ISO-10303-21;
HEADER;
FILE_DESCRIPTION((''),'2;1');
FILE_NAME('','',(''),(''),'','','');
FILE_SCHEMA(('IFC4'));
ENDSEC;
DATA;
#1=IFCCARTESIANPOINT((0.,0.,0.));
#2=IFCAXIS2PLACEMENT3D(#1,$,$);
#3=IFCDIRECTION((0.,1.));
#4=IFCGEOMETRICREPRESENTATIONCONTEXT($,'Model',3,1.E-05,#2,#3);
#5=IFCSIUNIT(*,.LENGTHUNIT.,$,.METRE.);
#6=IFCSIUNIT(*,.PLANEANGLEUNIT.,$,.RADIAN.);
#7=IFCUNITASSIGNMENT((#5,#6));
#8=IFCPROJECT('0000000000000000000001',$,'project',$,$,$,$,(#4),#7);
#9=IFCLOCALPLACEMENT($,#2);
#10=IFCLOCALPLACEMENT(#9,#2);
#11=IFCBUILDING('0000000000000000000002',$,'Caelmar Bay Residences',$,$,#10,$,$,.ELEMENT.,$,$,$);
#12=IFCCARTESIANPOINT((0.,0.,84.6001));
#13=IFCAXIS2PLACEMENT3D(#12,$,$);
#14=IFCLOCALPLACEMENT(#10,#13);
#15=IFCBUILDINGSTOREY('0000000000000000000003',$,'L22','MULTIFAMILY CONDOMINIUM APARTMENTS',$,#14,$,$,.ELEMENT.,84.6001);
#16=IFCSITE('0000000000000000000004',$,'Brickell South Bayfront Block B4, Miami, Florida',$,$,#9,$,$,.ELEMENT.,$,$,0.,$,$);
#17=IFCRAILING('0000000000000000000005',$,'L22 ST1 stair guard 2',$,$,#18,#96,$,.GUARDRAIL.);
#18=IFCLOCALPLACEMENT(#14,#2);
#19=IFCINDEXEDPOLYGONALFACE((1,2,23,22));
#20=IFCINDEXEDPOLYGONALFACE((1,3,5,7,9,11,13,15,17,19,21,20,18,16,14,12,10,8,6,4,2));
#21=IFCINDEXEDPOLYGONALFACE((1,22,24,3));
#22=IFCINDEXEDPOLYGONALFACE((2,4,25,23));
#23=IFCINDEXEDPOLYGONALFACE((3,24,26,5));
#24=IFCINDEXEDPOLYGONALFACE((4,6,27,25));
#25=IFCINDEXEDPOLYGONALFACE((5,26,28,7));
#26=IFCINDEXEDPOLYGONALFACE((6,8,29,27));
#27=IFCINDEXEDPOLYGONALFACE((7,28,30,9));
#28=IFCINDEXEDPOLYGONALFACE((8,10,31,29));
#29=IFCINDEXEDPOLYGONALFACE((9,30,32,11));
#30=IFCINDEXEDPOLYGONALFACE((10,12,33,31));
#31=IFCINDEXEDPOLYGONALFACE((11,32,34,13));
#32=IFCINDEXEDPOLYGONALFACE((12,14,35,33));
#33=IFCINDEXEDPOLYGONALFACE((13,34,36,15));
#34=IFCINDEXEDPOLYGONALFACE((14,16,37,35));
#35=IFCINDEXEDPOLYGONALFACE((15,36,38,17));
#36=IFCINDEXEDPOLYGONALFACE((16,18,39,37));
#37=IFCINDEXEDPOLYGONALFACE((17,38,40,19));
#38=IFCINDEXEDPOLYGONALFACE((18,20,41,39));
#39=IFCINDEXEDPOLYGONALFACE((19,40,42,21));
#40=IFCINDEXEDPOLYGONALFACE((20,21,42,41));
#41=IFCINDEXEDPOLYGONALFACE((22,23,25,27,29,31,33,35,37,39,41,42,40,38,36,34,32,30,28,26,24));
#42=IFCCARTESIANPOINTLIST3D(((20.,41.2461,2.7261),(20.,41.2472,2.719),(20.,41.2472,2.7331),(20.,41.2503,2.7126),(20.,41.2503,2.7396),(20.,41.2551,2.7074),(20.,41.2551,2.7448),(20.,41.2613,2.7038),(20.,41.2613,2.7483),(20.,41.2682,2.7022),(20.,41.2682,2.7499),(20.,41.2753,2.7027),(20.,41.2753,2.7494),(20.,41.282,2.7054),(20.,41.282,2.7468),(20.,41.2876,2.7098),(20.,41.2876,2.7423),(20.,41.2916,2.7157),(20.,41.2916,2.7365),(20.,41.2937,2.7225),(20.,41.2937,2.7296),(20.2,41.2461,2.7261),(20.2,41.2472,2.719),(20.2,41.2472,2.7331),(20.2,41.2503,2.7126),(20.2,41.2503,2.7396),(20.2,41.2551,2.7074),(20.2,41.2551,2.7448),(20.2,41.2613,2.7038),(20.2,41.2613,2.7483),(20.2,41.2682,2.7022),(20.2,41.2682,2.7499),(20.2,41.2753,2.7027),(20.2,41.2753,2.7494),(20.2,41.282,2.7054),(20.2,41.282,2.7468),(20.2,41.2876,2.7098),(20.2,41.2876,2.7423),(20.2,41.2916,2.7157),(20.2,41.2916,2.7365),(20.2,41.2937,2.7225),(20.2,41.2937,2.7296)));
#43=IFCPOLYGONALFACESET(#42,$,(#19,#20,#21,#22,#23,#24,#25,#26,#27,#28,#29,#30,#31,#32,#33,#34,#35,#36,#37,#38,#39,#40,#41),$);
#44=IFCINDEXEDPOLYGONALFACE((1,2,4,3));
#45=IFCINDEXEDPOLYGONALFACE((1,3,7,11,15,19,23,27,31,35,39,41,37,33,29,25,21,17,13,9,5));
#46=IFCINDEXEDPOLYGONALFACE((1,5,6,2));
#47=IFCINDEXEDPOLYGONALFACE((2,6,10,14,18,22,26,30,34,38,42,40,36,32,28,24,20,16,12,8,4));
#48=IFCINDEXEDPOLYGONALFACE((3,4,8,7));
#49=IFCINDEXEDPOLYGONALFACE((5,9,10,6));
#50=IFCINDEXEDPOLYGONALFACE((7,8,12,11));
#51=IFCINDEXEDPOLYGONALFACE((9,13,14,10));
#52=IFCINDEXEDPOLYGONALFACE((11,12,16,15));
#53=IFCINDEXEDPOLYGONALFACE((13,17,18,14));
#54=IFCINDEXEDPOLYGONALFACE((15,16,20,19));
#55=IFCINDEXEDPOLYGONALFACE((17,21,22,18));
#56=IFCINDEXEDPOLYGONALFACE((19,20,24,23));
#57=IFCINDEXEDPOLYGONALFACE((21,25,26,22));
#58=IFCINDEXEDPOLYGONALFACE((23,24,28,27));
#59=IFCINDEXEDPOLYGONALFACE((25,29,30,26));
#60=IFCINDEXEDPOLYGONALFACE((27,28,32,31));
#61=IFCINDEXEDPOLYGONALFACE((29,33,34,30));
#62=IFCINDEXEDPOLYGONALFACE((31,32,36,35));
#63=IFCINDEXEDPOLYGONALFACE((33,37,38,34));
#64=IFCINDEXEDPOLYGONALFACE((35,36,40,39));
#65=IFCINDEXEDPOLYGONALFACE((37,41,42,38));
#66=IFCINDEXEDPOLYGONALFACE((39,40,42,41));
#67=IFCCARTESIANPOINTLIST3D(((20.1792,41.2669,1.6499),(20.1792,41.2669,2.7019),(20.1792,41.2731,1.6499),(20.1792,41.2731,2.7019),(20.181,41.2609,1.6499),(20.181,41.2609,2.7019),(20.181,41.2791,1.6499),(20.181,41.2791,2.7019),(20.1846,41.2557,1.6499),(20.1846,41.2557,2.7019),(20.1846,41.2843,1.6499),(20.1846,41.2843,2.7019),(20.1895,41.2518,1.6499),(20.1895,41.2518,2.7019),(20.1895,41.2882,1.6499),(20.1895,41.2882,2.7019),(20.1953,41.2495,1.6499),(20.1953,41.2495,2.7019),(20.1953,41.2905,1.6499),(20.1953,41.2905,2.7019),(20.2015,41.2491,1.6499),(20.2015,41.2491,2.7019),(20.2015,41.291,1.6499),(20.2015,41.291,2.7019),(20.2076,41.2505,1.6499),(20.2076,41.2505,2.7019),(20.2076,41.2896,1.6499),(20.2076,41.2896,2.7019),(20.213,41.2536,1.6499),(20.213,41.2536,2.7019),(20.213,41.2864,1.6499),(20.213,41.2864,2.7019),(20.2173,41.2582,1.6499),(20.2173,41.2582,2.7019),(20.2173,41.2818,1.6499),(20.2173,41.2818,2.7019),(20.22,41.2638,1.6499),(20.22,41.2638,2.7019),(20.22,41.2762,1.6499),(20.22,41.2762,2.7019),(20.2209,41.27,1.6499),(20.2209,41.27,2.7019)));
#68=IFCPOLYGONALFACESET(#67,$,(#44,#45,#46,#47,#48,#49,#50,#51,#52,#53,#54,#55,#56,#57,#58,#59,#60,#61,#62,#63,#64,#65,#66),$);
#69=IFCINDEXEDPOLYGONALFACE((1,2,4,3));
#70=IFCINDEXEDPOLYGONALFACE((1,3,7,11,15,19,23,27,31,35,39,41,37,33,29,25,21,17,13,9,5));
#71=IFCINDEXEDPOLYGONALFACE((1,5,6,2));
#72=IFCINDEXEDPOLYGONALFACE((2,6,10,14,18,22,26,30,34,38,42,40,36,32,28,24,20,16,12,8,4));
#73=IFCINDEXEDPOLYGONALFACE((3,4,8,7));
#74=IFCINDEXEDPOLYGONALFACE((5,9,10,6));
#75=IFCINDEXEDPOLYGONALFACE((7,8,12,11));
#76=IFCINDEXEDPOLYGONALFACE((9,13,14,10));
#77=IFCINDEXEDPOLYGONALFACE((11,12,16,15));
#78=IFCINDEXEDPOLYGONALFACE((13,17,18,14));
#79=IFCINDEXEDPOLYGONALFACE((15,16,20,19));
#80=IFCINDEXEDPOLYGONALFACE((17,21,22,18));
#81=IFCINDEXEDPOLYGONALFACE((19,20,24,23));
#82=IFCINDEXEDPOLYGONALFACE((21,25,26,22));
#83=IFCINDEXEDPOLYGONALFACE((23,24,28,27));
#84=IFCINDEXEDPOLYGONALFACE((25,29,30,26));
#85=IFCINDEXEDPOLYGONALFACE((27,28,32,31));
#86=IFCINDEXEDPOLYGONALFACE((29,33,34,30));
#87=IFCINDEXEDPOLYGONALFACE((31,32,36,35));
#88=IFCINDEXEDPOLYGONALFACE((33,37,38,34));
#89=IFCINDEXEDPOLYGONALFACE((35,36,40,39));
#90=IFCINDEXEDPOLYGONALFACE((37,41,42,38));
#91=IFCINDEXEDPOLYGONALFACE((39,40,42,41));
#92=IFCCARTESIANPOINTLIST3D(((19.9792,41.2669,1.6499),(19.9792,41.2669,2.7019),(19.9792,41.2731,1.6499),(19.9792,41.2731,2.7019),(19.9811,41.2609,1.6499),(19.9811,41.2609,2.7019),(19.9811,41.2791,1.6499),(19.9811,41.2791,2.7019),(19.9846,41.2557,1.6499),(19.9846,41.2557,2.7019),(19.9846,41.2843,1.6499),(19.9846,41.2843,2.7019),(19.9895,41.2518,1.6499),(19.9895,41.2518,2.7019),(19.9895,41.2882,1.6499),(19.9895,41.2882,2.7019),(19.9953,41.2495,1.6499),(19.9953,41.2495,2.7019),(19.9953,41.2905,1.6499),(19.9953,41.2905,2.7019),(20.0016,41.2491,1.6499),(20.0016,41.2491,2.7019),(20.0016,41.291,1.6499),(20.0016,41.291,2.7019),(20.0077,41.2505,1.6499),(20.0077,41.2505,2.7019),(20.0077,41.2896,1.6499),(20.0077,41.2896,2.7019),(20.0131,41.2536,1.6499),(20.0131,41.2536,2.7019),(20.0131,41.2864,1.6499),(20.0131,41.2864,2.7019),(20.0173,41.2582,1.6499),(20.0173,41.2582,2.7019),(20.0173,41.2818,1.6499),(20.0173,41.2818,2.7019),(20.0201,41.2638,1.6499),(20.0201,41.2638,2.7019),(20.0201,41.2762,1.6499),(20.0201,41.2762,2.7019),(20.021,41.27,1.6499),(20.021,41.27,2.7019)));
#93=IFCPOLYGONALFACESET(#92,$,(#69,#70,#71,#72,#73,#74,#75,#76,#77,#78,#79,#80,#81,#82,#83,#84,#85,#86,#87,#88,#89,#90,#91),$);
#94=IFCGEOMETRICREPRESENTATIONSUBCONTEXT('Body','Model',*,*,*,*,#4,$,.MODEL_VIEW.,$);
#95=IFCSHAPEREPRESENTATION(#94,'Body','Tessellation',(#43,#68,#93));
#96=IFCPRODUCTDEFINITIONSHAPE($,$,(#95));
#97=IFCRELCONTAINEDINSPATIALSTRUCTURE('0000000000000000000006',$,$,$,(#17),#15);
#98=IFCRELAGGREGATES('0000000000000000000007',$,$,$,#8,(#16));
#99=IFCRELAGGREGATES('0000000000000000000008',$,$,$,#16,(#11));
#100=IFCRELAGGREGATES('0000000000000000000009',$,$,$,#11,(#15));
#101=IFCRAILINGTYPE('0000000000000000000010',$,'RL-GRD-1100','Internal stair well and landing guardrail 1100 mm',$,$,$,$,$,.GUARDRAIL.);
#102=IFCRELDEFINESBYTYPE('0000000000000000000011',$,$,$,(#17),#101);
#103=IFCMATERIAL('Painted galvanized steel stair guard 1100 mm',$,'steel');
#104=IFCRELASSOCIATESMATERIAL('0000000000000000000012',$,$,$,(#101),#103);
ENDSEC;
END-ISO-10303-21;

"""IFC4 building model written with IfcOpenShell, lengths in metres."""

from ifc_helpers import new_model, si_unit, direction, frame, origin, origin_2d, place, context, subcontext, project, spatial, circle, extrude, material, type_object, element, save


model = new_model("IFC4")

# Units and contexts
model_context = context("Model", 3, precision=1e-05, world=origin(), true_north=direction((0.0, 1.0)))
body_context = subcontext(model_context, "Body", "Model", "MODEL_VIEW")
ifc_project = project(units=[si_unit("LENGTHUNIT", "METRE"), si_unit("PLANEANGLEUNIT", "RADIAN")], contexts=[model_context])

# Site, building, storey
site_placement = place(None, origin())
site = spatial("IfcSite", under=ifc_project, at=site_placement, Name="Brickell South Bayfront Block B4, Miami, Florida", CompositionType="ELEMENT", RefElevation=0.0)
building_placement = place(site_placement, origin())
building = spatial("IfcBuilding", under=site, at=building_placement, Name="Caelmar Bay Residences", CompositionType="ELEMENT")
storey_placement = place(building_placement, frame((0.0, 0.0, 84.6001)))
storey = spatial("IfcBuildingStorey", under=building, at=storey_placement, Name="L22", Description="MULTIFAMILY CONDOMINIUM APARTMENTS", CompositionType="ELEMENT", Elevation=84.6001)

# Railing
ifc_material_1 = material(Name="Painted galvanized steel stair guard 1100 mm", Category="steel")
railing_type_1 = type_object("IfcRailingType", Name="RL-GRD-1100", Description="Internal stair well and landing guardrail 1100 mm", PredefinedType="GUARDRAIL", material=ifc_material_1)
railing_1_placement = place(storey_placement, frame((20.2, 41.27, 1.6499)))
element("IfcRailing", 1, at=railing_1_placement, inside=storey, type_object=railing_type_1, Name="L22 ST1 stair guard 2", PredefinedType="GUARDRAIL", context=body_context, shape_type="SweptSolid", body=[
    extrude(circle(Radius=0.0239, at=origin_2d()), frame((0.0, 0.0, 1.0762), z_axis=(-1.0, 0.0, 0.0), x_axis=(0.0, -1.0, 0.0)), (0.0, 0.0, 1.0), 0.2),
    extrude(circle(Radius=0.021, at=origin_2d()), origin(), (0.0, 0.0, 1.0), 1.052),
    extrude(circle(Radius=0.021, at=origin_2d()), frame((-0.2, 0.0, 0.0)), (0.0, 0.0, 1.0), 1.052),
])

save(model, "model.ifc")
